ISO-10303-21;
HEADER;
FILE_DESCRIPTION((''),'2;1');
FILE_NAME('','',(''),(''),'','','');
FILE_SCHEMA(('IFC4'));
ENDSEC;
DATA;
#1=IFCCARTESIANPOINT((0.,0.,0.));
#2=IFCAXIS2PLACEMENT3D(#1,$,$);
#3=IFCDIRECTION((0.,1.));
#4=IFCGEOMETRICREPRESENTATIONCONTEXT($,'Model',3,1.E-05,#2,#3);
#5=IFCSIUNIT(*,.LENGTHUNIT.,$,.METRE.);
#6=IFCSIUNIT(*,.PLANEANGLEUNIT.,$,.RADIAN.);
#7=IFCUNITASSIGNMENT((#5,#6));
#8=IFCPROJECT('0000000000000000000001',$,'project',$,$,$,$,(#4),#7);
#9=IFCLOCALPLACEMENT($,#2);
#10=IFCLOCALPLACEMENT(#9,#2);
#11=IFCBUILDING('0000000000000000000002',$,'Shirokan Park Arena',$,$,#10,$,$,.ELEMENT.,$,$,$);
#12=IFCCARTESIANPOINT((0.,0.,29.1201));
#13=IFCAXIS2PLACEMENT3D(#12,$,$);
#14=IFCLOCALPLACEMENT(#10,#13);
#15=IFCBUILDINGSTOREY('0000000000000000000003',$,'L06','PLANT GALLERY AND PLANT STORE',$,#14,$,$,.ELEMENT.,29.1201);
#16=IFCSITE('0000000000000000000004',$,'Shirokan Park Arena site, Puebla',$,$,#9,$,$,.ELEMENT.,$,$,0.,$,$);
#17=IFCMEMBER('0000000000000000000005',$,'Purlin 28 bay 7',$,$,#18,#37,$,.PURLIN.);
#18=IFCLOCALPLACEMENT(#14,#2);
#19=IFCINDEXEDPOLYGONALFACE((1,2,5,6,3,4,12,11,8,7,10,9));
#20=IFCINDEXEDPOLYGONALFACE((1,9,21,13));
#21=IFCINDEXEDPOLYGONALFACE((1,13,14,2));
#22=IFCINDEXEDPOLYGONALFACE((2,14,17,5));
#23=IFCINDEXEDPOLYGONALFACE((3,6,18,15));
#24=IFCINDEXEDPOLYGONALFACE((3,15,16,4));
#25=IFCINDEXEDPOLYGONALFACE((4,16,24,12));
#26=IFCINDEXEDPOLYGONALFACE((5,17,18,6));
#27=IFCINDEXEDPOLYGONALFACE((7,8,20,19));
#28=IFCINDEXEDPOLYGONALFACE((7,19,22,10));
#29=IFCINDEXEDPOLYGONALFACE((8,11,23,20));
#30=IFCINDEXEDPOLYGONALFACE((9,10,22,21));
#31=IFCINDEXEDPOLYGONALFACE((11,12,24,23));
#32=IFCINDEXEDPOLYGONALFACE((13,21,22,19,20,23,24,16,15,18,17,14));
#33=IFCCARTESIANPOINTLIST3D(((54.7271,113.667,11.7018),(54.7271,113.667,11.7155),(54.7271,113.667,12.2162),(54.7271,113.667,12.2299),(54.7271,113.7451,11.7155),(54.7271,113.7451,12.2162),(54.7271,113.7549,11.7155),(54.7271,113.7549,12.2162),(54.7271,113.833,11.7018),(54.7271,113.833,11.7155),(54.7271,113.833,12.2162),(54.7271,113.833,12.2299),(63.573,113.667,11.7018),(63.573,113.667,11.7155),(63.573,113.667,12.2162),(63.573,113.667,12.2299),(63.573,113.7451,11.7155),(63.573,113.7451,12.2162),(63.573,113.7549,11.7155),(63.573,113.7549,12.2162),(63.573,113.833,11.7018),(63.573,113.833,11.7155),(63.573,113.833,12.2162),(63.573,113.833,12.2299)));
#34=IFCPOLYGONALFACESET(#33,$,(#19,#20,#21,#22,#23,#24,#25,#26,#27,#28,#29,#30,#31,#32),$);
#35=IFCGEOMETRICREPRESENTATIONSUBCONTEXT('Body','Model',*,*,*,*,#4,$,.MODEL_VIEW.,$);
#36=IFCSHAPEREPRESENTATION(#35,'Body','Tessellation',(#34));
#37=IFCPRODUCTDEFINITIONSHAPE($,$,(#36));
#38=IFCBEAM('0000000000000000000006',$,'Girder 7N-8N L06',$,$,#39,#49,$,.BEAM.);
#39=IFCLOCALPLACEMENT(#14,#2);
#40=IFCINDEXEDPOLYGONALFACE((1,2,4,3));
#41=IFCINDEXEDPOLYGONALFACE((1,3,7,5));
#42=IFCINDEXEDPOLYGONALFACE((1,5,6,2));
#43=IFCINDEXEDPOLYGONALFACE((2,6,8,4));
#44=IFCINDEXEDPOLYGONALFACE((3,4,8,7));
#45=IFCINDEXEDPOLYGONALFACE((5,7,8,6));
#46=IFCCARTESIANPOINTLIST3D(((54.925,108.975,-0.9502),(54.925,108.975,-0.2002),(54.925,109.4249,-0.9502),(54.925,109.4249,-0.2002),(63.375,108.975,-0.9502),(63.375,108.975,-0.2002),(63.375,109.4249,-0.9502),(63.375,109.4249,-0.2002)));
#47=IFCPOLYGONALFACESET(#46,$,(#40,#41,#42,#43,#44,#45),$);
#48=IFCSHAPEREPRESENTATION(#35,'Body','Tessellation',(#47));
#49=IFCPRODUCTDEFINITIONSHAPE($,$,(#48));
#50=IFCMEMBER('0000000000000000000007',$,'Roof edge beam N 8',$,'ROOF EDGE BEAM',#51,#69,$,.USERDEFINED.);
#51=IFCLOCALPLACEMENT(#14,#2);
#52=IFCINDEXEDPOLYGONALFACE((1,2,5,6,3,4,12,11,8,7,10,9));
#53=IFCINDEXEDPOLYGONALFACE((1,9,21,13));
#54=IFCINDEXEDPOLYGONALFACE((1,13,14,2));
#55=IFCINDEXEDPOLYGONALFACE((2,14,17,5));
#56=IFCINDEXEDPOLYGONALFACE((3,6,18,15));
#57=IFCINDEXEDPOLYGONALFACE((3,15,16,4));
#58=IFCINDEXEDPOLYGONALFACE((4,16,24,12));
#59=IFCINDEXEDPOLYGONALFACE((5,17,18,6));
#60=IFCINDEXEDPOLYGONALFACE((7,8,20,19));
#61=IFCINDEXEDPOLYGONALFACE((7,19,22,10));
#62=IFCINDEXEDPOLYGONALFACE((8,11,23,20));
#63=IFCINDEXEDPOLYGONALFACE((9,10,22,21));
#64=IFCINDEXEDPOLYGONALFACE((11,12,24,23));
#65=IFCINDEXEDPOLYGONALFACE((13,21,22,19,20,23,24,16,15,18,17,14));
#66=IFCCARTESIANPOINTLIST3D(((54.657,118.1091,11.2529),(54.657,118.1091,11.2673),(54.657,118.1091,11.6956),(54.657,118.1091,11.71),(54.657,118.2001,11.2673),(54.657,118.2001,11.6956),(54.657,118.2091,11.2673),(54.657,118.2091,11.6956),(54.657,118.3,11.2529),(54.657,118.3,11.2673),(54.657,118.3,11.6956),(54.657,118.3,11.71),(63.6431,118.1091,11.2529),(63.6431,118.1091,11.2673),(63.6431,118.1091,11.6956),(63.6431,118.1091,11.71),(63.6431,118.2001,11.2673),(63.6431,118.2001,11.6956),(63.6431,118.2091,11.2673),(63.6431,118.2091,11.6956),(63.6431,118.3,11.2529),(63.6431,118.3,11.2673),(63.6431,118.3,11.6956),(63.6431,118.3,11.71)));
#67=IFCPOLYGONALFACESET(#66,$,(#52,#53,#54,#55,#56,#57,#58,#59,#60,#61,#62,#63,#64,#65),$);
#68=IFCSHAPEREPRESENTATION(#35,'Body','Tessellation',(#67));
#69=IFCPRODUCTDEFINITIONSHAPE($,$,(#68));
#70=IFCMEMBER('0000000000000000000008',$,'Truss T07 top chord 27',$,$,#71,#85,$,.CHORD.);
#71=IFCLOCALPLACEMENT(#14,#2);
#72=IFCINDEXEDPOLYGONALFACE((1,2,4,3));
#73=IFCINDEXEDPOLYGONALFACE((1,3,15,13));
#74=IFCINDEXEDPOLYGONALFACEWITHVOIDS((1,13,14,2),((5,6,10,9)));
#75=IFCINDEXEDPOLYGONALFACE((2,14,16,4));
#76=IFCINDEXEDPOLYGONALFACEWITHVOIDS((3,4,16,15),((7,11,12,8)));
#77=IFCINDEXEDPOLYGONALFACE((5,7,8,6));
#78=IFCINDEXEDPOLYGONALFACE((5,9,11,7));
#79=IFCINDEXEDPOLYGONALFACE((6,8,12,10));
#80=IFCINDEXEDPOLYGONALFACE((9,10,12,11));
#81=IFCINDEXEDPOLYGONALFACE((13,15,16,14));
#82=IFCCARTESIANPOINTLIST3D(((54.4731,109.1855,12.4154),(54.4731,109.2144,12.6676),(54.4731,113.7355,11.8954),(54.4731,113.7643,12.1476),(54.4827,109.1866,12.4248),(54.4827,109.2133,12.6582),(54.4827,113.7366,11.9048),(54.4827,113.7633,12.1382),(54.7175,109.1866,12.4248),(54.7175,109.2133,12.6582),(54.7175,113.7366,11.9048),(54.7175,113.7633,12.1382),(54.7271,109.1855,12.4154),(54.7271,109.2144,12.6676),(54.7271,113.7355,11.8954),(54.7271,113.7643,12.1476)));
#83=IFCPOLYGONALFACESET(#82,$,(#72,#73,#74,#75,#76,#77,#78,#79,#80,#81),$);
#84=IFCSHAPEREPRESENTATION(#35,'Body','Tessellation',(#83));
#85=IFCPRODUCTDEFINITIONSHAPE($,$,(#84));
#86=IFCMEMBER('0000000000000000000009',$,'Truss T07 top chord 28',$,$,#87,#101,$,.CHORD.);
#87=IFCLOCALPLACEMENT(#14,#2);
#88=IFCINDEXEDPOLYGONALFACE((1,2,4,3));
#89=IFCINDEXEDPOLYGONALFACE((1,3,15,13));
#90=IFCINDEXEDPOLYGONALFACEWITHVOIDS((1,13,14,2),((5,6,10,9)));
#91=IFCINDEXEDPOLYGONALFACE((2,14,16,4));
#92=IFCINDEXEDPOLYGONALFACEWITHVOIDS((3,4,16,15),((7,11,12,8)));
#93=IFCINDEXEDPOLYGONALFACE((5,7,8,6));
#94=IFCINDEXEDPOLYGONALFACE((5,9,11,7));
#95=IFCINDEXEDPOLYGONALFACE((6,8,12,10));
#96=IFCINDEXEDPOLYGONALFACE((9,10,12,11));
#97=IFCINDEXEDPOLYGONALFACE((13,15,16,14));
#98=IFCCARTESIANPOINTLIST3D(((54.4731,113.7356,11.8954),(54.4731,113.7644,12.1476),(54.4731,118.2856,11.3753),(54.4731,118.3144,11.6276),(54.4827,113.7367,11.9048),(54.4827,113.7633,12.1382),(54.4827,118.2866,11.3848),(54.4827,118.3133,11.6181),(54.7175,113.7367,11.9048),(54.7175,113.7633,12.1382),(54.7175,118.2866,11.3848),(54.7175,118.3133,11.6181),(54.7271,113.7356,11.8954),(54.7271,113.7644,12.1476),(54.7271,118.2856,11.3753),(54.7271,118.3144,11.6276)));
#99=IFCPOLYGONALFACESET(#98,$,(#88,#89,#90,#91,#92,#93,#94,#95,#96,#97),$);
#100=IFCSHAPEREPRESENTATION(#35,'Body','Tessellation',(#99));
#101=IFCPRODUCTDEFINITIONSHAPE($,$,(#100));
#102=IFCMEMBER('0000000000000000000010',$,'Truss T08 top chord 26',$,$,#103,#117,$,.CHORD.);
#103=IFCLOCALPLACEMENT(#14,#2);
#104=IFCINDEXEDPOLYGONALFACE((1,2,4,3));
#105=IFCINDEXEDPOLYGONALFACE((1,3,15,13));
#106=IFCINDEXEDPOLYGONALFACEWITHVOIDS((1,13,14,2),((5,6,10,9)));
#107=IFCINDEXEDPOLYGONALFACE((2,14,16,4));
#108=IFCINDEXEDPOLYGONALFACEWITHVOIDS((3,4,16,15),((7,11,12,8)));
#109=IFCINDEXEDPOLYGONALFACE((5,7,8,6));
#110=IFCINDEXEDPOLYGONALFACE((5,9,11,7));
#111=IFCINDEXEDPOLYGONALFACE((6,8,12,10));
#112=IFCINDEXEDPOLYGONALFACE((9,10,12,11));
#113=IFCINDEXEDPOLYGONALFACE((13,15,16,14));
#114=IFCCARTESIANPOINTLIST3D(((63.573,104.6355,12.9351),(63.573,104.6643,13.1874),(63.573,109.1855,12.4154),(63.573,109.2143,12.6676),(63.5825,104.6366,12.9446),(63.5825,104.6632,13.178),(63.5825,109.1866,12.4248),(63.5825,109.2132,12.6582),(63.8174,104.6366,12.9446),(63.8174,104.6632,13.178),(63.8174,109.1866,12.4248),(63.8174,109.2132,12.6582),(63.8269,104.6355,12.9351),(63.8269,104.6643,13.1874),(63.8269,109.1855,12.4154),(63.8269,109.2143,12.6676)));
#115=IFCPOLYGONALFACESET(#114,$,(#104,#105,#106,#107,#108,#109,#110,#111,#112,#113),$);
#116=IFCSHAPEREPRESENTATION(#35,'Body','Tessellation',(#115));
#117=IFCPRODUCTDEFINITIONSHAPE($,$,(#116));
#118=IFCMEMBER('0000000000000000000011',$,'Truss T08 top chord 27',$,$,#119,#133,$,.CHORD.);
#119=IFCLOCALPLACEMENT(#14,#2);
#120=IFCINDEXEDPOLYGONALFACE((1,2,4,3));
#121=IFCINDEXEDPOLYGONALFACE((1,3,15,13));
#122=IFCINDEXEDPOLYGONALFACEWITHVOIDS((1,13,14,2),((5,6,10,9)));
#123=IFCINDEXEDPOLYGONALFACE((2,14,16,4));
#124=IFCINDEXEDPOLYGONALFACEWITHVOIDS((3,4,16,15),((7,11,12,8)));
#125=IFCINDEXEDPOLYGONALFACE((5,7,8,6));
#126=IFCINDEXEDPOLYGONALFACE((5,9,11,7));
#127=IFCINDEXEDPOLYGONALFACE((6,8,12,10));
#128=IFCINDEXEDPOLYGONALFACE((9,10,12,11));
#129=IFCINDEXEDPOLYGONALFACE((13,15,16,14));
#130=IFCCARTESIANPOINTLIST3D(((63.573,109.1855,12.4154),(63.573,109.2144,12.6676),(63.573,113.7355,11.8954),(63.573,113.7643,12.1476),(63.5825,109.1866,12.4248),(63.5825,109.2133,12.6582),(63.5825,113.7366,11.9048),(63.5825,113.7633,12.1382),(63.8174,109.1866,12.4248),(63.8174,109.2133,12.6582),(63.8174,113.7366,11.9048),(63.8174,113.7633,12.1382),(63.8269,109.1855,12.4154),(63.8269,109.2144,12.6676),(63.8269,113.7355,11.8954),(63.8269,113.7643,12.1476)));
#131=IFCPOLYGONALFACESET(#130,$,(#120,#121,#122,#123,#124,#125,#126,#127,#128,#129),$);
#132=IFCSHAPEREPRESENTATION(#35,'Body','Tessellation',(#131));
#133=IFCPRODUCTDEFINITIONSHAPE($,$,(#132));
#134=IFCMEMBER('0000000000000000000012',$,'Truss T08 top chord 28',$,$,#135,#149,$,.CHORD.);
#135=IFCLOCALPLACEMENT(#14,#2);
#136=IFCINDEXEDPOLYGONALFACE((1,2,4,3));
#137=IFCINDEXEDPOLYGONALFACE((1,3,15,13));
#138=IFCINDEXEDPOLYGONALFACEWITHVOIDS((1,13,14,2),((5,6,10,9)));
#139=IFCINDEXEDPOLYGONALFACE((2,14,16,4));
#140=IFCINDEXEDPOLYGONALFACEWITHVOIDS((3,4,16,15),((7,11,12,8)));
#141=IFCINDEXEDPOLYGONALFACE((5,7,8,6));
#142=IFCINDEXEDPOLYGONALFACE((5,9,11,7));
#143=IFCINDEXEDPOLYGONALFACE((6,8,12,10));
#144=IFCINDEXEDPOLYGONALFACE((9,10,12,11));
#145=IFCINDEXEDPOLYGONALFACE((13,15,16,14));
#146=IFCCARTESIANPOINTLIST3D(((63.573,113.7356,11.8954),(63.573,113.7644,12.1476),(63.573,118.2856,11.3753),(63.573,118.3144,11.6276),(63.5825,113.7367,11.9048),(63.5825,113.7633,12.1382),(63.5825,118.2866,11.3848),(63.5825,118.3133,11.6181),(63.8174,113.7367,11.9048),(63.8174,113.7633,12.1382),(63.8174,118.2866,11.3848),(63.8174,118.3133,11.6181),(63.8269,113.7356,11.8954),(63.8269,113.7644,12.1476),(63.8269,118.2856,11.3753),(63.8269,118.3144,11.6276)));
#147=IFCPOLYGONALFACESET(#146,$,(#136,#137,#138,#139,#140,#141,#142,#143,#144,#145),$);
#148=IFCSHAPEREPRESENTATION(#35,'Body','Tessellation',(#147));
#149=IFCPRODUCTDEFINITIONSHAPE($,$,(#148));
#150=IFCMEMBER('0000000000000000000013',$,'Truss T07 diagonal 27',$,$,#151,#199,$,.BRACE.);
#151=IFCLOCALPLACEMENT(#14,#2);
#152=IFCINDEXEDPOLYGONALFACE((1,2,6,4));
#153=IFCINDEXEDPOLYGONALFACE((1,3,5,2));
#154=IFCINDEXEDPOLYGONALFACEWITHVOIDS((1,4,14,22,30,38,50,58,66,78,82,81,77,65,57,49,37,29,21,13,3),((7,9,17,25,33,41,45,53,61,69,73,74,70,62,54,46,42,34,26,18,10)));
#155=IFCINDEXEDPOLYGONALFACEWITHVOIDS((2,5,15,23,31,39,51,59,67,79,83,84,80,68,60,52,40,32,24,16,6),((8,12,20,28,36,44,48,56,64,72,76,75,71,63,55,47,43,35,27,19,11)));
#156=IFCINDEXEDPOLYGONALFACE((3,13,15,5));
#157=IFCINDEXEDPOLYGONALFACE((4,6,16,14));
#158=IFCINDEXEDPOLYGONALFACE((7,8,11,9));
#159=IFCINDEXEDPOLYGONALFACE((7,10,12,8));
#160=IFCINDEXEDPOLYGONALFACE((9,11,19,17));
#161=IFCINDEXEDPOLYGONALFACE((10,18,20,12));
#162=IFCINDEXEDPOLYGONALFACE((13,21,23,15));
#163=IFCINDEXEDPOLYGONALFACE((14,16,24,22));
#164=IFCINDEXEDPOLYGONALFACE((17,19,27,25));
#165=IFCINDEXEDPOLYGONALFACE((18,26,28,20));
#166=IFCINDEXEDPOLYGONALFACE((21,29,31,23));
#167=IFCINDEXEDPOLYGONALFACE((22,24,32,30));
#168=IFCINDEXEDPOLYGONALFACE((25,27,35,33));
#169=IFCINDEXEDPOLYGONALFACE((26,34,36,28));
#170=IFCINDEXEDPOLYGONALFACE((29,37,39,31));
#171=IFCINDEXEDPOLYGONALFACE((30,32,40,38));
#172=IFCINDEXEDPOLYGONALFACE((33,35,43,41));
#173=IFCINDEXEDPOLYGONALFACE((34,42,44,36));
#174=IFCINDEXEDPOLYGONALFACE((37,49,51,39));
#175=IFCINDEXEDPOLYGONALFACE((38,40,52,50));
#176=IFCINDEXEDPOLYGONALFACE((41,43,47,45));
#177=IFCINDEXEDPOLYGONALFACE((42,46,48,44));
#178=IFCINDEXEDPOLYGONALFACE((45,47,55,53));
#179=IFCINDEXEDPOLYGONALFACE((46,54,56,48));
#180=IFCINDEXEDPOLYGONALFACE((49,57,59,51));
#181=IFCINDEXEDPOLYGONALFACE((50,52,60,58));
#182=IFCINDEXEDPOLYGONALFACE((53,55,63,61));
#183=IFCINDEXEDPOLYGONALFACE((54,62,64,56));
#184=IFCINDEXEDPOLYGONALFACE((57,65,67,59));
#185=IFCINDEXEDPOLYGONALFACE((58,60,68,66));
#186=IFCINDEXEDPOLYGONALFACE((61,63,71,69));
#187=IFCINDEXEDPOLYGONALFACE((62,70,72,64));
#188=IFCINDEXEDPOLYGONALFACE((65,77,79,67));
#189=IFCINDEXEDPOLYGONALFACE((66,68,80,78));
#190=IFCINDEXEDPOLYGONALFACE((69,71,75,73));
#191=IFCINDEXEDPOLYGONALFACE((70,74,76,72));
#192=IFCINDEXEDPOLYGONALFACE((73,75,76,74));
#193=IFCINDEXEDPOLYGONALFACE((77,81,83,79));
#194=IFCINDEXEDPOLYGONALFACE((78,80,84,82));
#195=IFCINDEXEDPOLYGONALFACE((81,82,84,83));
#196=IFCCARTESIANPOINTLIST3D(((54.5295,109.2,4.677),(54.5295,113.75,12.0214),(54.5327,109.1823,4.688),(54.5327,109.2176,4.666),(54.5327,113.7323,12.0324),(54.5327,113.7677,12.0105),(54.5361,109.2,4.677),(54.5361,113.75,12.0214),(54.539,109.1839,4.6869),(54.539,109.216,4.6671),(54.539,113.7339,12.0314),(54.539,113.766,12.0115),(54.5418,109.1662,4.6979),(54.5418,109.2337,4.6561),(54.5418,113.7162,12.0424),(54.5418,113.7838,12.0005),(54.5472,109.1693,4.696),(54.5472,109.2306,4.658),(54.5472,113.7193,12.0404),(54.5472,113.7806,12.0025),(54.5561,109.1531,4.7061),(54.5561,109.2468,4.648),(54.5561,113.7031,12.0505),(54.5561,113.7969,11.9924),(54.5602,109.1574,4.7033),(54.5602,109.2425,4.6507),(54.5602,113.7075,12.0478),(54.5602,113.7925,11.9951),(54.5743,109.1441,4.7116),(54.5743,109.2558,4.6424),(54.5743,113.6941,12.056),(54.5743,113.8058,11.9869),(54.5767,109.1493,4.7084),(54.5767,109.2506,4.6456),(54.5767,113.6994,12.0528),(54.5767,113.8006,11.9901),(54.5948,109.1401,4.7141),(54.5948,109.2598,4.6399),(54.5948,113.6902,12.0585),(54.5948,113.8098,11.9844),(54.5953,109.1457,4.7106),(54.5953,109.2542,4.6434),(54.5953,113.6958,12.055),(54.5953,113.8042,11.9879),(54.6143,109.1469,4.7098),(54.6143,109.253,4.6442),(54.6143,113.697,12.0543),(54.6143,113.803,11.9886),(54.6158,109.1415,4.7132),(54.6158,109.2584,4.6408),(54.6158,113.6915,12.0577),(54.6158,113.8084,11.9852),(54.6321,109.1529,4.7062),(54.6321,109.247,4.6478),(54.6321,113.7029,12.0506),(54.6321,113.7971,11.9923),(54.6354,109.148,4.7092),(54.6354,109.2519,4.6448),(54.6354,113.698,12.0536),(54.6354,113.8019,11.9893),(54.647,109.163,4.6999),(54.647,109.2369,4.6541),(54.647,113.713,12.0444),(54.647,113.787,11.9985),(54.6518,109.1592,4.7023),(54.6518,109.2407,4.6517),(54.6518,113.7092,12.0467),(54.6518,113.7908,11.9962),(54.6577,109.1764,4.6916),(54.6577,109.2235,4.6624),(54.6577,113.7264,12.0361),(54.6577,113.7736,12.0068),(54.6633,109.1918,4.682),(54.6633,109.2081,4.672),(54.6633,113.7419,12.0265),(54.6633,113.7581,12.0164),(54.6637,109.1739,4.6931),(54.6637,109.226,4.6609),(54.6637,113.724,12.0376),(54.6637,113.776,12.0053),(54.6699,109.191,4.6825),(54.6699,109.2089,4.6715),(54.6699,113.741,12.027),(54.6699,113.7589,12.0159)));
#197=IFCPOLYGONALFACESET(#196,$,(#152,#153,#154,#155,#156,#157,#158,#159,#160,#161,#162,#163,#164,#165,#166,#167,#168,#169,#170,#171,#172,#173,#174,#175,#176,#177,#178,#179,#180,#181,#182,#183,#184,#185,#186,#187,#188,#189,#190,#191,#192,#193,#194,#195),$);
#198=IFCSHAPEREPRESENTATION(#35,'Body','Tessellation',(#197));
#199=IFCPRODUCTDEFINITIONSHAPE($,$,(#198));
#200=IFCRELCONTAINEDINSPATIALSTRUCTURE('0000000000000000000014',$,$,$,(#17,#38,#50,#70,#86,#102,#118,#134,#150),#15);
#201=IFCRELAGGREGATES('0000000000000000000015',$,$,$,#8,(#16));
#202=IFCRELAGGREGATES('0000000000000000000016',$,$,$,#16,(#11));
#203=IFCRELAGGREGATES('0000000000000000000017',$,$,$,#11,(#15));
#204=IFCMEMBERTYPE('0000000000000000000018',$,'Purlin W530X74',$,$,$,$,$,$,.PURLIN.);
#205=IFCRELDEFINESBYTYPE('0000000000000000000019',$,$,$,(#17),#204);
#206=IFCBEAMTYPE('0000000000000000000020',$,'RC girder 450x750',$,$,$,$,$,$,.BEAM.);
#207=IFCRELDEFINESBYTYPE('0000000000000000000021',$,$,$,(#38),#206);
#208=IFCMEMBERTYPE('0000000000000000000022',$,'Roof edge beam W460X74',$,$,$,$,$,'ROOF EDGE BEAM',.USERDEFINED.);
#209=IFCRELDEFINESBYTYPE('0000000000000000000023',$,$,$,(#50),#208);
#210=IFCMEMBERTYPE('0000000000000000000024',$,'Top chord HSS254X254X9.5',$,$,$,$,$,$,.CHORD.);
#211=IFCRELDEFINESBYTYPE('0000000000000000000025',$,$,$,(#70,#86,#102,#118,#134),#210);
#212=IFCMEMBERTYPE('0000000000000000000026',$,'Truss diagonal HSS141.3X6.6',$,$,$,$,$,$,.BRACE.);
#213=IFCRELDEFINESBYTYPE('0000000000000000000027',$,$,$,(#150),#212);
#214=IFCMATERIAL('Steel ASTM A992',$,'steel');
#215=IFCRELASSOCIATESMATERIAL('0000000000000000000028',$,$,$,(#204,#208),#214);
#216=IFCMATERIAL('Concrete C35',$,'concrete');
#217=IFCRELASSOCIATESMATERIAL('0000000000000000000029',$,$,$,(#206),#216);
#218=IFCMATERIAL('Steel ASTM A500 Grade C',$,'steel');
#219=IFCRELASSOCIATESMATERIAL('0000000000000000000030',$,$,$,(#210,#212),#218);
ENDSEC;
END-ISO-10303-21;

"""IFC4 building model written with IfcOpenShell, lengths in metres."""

from ifc_helpers import new_model, si_unit, direction, frame, origin, origin_2d, place, context, subcontext, project, spatial, rectangle, hollow_rectangle, hollow_circle, i_section, extrude, material, material_profile, profile_set, type_object, element, save


model = new_model("IFC4")

# Units and contexts
model_context = context("Model", 3, precision=1e-05, world=origin(), true_north=direction((0.0, 1.0)))
body_context = subcontext(model_context, "Body", "Model", "MODEL_VIEW")
ifc_project = project(units=[si_unit("LENGTHUNIT", "METRE"), si_unit("PLANEANGLEUNIT", "RADIAN")], contexts=[model_context])

# Site, building, storey
site_placement = place(None, origin())
site = spatial("IfcSite", under=ifc_project, at=site_placement, Name="Shirokan Park Arena site, Puebla", CompositionType="ELEMENT", RefElevation=0.0)
building_placement = place(site_placement, origin())
building = spatial("IfcBuilding", under=site, at=building_placement, Name="Shirokan Park Arena", CompositionType="ELEMENT")
storey_placement = place(building_placement, frame((0.0, 0.0, 29.1201)))
storey = spatial("IfcBuildingStorey", under=building, at=storey_placement, Name="L06", Description="PLANT GALLERY AND PLANT STORE", CompositionType="ELEMENT", Elevation=29.1201)

# Shared definitions
ifc_material_1 = material(Name="Concrete C35", Category="concrete")

# Member
ifc_material_2 = material(Name="Steel ASTM A500 Grade C", Category="steel")
ifc_material_3 = material(Name="Steel ASTM A992", Category="steel")
ifc_material_profile_1 = material_profile(ifc_material_3, i_section(OverallWidth=0.166, OverallDepth=0.5281, WebThickness=0.0098, FlangeThickness=0.0137, at=origin_2d()), Name="W530X74")
ifc_profile_set_1 = profile_set([ifc_material_profile_1], Name="Steel ASTM A992")
member_type_1 = type_object("IfcMemberType", Name="Purlin W530X74", PredefinedType="PURLIN", material=ifc_profile_set_1)
for number, where, z_axis, x_axis, name in (
    (1, (54.7271, 113.75, 11.9658), (1.0, 0.0, 0.0), (0.0, 1.0, 0.0), "Purlin 28 bay 7"),
):
    element("IfcMember", number, at=place(storey_placement, frame(where, z_axis=z_axis, x_axis=x_axis)), inside=storey, type_object=member_type_1, Name=name, PredefinedType="PURLIN", context=body_context, shape_type="SweptSolid", body=[
        extrude(i_section(OverallWidth=0.166, OverallDepth=0.5281, WebThickness=0.0098, FlangeThickness=0.0137, at=origin_2d()), origin(), (0.0, 0.0, 1.0), 8.8459),
    ])

# Beam
ifc_material_profile_2 = material_profile(ifc_material_1, rectangle(XDim=0.45, YDim=0.75, at=origin_2d()), Name="450x750")
ifc_profile_set_2 = profile_set([ifc_material_profile_2], Name="Concrete C35")
beam_type = type_object("IfcBeamType", Name="RC girder 450x750", PredefinedType="BEAM", material=ifc_profile_set_2)
beam_placement = place(storey_placement, frame((54.925, 109.2, -0.5752), z_axis=(1.0, 0.0, 0.0), x_axis=(0.0, 1.0, 0.0)))
element("IfcBeam", 2, at=beam_placement, inside=storey, type_object=beam_type, Name="Girder 7N-8N L06", PredefinedType="BEAM", context=body_context, shape_type="SweptSolid", body=[
    extrude(rectangle(XDim=0.45, YDim=0.75, at=origin_2d()), origin(), (0.0, 0.0, 1.0), 8.45),
])

# Members
ifc_material_profile_3 = material_profile(ifc_material_3, i_section(OverallWidth=0.1909, OverallDepth=0.457, WebThickness=0.009, FlangeThickness=0.0144, at=origin_2d()), Name="W460X74")
ifc_profile_set_3 = profile_set([ifc_material_profile_3], Name="Steel ASTM A992")
member_type_2 = type_object("IfcMemberType", Name="Roof edge beam W460X74", ElementType="ROOF EDGE BEAM", PredefinedType="USERDEFINED", material=ifc_profile_set_3)
member_1_placement = place(storey_placement, frame((54.657, 118.2046, 11.4814), z_axis=(1.0, 0.0, 0.0), x_axis=(0.0, 1.0, 0.0)))
element("IfcMember", 3, at=member_1_placement, inside=storey, type_object=member_type_2, Name="Roof edge beam N 8", ObjectType="ROOF EDGE BEAM", PredefinedType="USERDEFINED", context=body_context, shape_type="SweptSolid", body=[
    extrude(i_section(OverallWidth=0.1909, OverallDepth=0.457, WebThickness=0.009, FlangeThickness=0.0144, at=origin_2d()), origin(), (0.0, 0.0, 1.0), 8.9861),
])
ifc_material_profile_4 = material_profile(ifc_material_2, hollow_rectangle(XDim=0.2539, YDim=0.2539, WallThickness=0.0095, at=origin_2d()), Name="HSS254X254X9.5")
ifc_profile_set_4 = profile_set([ifc_material_profile_4], Name="Steel ASTM A500 Grade C")
member_type_3 = type_object("IfcMemberType", Name="Top chord HSS254X254X9.5", PredefinedType="CHORD", material=ifc_profile_set_4)
for number, where, z_axis, x_axis, name in (
    (4, (54.6001, 109.2, 12.5415), (0.0, 0.993532, -0.11355), (-1.0, 0.0, 0.0), "Truss T07 top chord 27"),
    (5, (54.6001, 113.75, 12.0215), (0.0, 0.993532, -0.11355), (-1.0, 0.0, 0.0), "Truss T07 top chord 28"),
    (6, (63.7, 104.6499, 13.0613), (0.0, 0.993538, -0.113497), (-1.0, 0.0, 0.0), "Truss T08 top chord 26"),
    (7, (63.7, 109.2, 12.5415), (0.0, 0.993532, -0.11355), (-1.0, 0.0, 0.0), "Truss T08 top chord 27"),
    (8, (63.7, 113.75, 12.0215), (0.0, 0.993532, -0.11355), (-1.0, 0.0, 0.0), "Truss T08 top chord 28"),
):
    element("IfcMember", number, at=place(storey_placement, frame(where, z_axis=z_axis, x_axis=x_axis)), inside=storey, type_object=member_type_3, Name=name, PredefinedType="CHORD", context=body_context, shape_type="SweptSolid", body=[
        extrude(hollow_rectangle(XDim=0.2539, YDim=0.2539, WallThickness=0.0095, at=origin_2d()), origin(), (0.0, 0.0, 1.0), 4.5796),
    ])
ifc_material_profile_5 = material_profile(ifc_material_2, hollow_circle(Radius=0.0706, WallThickness=0.0066, at=origin_2d()), Name="HSS141.3X6.6")
ifc_profile_set_5 = profile_set([ifc_material_profile_5], Name="Steel ASTM A500 Grade C")
member_type_4 = type_object("IfcMemberType", Name="Truss diagonal HSS141.3X6.6", PredefinedType="BRACE", material=ifc_profile_set_5)
member_2_placement = place(storey_placement, frame((54.6001, 109.2, 4.677), z_axis=(0.0, 0.526644, 0.850086), x_axis=(-1.0, 0.0, 0.0)))
element("IfcMember", 9, at=member_2_placement, inside=storey, type_object=member_type_4, Name="Truss T07 diagonal 27", PredefinedType="BRACE", context=body_context, shape_type="SweptSolid", body=[
    extrude(hollow_circle(Radius=0.0706, WallThickness=0.0066, at=origin_2d()), origin(), (0.0, 0.0, 1.0), 8.6396),
])

save(model, "model.ifc")
